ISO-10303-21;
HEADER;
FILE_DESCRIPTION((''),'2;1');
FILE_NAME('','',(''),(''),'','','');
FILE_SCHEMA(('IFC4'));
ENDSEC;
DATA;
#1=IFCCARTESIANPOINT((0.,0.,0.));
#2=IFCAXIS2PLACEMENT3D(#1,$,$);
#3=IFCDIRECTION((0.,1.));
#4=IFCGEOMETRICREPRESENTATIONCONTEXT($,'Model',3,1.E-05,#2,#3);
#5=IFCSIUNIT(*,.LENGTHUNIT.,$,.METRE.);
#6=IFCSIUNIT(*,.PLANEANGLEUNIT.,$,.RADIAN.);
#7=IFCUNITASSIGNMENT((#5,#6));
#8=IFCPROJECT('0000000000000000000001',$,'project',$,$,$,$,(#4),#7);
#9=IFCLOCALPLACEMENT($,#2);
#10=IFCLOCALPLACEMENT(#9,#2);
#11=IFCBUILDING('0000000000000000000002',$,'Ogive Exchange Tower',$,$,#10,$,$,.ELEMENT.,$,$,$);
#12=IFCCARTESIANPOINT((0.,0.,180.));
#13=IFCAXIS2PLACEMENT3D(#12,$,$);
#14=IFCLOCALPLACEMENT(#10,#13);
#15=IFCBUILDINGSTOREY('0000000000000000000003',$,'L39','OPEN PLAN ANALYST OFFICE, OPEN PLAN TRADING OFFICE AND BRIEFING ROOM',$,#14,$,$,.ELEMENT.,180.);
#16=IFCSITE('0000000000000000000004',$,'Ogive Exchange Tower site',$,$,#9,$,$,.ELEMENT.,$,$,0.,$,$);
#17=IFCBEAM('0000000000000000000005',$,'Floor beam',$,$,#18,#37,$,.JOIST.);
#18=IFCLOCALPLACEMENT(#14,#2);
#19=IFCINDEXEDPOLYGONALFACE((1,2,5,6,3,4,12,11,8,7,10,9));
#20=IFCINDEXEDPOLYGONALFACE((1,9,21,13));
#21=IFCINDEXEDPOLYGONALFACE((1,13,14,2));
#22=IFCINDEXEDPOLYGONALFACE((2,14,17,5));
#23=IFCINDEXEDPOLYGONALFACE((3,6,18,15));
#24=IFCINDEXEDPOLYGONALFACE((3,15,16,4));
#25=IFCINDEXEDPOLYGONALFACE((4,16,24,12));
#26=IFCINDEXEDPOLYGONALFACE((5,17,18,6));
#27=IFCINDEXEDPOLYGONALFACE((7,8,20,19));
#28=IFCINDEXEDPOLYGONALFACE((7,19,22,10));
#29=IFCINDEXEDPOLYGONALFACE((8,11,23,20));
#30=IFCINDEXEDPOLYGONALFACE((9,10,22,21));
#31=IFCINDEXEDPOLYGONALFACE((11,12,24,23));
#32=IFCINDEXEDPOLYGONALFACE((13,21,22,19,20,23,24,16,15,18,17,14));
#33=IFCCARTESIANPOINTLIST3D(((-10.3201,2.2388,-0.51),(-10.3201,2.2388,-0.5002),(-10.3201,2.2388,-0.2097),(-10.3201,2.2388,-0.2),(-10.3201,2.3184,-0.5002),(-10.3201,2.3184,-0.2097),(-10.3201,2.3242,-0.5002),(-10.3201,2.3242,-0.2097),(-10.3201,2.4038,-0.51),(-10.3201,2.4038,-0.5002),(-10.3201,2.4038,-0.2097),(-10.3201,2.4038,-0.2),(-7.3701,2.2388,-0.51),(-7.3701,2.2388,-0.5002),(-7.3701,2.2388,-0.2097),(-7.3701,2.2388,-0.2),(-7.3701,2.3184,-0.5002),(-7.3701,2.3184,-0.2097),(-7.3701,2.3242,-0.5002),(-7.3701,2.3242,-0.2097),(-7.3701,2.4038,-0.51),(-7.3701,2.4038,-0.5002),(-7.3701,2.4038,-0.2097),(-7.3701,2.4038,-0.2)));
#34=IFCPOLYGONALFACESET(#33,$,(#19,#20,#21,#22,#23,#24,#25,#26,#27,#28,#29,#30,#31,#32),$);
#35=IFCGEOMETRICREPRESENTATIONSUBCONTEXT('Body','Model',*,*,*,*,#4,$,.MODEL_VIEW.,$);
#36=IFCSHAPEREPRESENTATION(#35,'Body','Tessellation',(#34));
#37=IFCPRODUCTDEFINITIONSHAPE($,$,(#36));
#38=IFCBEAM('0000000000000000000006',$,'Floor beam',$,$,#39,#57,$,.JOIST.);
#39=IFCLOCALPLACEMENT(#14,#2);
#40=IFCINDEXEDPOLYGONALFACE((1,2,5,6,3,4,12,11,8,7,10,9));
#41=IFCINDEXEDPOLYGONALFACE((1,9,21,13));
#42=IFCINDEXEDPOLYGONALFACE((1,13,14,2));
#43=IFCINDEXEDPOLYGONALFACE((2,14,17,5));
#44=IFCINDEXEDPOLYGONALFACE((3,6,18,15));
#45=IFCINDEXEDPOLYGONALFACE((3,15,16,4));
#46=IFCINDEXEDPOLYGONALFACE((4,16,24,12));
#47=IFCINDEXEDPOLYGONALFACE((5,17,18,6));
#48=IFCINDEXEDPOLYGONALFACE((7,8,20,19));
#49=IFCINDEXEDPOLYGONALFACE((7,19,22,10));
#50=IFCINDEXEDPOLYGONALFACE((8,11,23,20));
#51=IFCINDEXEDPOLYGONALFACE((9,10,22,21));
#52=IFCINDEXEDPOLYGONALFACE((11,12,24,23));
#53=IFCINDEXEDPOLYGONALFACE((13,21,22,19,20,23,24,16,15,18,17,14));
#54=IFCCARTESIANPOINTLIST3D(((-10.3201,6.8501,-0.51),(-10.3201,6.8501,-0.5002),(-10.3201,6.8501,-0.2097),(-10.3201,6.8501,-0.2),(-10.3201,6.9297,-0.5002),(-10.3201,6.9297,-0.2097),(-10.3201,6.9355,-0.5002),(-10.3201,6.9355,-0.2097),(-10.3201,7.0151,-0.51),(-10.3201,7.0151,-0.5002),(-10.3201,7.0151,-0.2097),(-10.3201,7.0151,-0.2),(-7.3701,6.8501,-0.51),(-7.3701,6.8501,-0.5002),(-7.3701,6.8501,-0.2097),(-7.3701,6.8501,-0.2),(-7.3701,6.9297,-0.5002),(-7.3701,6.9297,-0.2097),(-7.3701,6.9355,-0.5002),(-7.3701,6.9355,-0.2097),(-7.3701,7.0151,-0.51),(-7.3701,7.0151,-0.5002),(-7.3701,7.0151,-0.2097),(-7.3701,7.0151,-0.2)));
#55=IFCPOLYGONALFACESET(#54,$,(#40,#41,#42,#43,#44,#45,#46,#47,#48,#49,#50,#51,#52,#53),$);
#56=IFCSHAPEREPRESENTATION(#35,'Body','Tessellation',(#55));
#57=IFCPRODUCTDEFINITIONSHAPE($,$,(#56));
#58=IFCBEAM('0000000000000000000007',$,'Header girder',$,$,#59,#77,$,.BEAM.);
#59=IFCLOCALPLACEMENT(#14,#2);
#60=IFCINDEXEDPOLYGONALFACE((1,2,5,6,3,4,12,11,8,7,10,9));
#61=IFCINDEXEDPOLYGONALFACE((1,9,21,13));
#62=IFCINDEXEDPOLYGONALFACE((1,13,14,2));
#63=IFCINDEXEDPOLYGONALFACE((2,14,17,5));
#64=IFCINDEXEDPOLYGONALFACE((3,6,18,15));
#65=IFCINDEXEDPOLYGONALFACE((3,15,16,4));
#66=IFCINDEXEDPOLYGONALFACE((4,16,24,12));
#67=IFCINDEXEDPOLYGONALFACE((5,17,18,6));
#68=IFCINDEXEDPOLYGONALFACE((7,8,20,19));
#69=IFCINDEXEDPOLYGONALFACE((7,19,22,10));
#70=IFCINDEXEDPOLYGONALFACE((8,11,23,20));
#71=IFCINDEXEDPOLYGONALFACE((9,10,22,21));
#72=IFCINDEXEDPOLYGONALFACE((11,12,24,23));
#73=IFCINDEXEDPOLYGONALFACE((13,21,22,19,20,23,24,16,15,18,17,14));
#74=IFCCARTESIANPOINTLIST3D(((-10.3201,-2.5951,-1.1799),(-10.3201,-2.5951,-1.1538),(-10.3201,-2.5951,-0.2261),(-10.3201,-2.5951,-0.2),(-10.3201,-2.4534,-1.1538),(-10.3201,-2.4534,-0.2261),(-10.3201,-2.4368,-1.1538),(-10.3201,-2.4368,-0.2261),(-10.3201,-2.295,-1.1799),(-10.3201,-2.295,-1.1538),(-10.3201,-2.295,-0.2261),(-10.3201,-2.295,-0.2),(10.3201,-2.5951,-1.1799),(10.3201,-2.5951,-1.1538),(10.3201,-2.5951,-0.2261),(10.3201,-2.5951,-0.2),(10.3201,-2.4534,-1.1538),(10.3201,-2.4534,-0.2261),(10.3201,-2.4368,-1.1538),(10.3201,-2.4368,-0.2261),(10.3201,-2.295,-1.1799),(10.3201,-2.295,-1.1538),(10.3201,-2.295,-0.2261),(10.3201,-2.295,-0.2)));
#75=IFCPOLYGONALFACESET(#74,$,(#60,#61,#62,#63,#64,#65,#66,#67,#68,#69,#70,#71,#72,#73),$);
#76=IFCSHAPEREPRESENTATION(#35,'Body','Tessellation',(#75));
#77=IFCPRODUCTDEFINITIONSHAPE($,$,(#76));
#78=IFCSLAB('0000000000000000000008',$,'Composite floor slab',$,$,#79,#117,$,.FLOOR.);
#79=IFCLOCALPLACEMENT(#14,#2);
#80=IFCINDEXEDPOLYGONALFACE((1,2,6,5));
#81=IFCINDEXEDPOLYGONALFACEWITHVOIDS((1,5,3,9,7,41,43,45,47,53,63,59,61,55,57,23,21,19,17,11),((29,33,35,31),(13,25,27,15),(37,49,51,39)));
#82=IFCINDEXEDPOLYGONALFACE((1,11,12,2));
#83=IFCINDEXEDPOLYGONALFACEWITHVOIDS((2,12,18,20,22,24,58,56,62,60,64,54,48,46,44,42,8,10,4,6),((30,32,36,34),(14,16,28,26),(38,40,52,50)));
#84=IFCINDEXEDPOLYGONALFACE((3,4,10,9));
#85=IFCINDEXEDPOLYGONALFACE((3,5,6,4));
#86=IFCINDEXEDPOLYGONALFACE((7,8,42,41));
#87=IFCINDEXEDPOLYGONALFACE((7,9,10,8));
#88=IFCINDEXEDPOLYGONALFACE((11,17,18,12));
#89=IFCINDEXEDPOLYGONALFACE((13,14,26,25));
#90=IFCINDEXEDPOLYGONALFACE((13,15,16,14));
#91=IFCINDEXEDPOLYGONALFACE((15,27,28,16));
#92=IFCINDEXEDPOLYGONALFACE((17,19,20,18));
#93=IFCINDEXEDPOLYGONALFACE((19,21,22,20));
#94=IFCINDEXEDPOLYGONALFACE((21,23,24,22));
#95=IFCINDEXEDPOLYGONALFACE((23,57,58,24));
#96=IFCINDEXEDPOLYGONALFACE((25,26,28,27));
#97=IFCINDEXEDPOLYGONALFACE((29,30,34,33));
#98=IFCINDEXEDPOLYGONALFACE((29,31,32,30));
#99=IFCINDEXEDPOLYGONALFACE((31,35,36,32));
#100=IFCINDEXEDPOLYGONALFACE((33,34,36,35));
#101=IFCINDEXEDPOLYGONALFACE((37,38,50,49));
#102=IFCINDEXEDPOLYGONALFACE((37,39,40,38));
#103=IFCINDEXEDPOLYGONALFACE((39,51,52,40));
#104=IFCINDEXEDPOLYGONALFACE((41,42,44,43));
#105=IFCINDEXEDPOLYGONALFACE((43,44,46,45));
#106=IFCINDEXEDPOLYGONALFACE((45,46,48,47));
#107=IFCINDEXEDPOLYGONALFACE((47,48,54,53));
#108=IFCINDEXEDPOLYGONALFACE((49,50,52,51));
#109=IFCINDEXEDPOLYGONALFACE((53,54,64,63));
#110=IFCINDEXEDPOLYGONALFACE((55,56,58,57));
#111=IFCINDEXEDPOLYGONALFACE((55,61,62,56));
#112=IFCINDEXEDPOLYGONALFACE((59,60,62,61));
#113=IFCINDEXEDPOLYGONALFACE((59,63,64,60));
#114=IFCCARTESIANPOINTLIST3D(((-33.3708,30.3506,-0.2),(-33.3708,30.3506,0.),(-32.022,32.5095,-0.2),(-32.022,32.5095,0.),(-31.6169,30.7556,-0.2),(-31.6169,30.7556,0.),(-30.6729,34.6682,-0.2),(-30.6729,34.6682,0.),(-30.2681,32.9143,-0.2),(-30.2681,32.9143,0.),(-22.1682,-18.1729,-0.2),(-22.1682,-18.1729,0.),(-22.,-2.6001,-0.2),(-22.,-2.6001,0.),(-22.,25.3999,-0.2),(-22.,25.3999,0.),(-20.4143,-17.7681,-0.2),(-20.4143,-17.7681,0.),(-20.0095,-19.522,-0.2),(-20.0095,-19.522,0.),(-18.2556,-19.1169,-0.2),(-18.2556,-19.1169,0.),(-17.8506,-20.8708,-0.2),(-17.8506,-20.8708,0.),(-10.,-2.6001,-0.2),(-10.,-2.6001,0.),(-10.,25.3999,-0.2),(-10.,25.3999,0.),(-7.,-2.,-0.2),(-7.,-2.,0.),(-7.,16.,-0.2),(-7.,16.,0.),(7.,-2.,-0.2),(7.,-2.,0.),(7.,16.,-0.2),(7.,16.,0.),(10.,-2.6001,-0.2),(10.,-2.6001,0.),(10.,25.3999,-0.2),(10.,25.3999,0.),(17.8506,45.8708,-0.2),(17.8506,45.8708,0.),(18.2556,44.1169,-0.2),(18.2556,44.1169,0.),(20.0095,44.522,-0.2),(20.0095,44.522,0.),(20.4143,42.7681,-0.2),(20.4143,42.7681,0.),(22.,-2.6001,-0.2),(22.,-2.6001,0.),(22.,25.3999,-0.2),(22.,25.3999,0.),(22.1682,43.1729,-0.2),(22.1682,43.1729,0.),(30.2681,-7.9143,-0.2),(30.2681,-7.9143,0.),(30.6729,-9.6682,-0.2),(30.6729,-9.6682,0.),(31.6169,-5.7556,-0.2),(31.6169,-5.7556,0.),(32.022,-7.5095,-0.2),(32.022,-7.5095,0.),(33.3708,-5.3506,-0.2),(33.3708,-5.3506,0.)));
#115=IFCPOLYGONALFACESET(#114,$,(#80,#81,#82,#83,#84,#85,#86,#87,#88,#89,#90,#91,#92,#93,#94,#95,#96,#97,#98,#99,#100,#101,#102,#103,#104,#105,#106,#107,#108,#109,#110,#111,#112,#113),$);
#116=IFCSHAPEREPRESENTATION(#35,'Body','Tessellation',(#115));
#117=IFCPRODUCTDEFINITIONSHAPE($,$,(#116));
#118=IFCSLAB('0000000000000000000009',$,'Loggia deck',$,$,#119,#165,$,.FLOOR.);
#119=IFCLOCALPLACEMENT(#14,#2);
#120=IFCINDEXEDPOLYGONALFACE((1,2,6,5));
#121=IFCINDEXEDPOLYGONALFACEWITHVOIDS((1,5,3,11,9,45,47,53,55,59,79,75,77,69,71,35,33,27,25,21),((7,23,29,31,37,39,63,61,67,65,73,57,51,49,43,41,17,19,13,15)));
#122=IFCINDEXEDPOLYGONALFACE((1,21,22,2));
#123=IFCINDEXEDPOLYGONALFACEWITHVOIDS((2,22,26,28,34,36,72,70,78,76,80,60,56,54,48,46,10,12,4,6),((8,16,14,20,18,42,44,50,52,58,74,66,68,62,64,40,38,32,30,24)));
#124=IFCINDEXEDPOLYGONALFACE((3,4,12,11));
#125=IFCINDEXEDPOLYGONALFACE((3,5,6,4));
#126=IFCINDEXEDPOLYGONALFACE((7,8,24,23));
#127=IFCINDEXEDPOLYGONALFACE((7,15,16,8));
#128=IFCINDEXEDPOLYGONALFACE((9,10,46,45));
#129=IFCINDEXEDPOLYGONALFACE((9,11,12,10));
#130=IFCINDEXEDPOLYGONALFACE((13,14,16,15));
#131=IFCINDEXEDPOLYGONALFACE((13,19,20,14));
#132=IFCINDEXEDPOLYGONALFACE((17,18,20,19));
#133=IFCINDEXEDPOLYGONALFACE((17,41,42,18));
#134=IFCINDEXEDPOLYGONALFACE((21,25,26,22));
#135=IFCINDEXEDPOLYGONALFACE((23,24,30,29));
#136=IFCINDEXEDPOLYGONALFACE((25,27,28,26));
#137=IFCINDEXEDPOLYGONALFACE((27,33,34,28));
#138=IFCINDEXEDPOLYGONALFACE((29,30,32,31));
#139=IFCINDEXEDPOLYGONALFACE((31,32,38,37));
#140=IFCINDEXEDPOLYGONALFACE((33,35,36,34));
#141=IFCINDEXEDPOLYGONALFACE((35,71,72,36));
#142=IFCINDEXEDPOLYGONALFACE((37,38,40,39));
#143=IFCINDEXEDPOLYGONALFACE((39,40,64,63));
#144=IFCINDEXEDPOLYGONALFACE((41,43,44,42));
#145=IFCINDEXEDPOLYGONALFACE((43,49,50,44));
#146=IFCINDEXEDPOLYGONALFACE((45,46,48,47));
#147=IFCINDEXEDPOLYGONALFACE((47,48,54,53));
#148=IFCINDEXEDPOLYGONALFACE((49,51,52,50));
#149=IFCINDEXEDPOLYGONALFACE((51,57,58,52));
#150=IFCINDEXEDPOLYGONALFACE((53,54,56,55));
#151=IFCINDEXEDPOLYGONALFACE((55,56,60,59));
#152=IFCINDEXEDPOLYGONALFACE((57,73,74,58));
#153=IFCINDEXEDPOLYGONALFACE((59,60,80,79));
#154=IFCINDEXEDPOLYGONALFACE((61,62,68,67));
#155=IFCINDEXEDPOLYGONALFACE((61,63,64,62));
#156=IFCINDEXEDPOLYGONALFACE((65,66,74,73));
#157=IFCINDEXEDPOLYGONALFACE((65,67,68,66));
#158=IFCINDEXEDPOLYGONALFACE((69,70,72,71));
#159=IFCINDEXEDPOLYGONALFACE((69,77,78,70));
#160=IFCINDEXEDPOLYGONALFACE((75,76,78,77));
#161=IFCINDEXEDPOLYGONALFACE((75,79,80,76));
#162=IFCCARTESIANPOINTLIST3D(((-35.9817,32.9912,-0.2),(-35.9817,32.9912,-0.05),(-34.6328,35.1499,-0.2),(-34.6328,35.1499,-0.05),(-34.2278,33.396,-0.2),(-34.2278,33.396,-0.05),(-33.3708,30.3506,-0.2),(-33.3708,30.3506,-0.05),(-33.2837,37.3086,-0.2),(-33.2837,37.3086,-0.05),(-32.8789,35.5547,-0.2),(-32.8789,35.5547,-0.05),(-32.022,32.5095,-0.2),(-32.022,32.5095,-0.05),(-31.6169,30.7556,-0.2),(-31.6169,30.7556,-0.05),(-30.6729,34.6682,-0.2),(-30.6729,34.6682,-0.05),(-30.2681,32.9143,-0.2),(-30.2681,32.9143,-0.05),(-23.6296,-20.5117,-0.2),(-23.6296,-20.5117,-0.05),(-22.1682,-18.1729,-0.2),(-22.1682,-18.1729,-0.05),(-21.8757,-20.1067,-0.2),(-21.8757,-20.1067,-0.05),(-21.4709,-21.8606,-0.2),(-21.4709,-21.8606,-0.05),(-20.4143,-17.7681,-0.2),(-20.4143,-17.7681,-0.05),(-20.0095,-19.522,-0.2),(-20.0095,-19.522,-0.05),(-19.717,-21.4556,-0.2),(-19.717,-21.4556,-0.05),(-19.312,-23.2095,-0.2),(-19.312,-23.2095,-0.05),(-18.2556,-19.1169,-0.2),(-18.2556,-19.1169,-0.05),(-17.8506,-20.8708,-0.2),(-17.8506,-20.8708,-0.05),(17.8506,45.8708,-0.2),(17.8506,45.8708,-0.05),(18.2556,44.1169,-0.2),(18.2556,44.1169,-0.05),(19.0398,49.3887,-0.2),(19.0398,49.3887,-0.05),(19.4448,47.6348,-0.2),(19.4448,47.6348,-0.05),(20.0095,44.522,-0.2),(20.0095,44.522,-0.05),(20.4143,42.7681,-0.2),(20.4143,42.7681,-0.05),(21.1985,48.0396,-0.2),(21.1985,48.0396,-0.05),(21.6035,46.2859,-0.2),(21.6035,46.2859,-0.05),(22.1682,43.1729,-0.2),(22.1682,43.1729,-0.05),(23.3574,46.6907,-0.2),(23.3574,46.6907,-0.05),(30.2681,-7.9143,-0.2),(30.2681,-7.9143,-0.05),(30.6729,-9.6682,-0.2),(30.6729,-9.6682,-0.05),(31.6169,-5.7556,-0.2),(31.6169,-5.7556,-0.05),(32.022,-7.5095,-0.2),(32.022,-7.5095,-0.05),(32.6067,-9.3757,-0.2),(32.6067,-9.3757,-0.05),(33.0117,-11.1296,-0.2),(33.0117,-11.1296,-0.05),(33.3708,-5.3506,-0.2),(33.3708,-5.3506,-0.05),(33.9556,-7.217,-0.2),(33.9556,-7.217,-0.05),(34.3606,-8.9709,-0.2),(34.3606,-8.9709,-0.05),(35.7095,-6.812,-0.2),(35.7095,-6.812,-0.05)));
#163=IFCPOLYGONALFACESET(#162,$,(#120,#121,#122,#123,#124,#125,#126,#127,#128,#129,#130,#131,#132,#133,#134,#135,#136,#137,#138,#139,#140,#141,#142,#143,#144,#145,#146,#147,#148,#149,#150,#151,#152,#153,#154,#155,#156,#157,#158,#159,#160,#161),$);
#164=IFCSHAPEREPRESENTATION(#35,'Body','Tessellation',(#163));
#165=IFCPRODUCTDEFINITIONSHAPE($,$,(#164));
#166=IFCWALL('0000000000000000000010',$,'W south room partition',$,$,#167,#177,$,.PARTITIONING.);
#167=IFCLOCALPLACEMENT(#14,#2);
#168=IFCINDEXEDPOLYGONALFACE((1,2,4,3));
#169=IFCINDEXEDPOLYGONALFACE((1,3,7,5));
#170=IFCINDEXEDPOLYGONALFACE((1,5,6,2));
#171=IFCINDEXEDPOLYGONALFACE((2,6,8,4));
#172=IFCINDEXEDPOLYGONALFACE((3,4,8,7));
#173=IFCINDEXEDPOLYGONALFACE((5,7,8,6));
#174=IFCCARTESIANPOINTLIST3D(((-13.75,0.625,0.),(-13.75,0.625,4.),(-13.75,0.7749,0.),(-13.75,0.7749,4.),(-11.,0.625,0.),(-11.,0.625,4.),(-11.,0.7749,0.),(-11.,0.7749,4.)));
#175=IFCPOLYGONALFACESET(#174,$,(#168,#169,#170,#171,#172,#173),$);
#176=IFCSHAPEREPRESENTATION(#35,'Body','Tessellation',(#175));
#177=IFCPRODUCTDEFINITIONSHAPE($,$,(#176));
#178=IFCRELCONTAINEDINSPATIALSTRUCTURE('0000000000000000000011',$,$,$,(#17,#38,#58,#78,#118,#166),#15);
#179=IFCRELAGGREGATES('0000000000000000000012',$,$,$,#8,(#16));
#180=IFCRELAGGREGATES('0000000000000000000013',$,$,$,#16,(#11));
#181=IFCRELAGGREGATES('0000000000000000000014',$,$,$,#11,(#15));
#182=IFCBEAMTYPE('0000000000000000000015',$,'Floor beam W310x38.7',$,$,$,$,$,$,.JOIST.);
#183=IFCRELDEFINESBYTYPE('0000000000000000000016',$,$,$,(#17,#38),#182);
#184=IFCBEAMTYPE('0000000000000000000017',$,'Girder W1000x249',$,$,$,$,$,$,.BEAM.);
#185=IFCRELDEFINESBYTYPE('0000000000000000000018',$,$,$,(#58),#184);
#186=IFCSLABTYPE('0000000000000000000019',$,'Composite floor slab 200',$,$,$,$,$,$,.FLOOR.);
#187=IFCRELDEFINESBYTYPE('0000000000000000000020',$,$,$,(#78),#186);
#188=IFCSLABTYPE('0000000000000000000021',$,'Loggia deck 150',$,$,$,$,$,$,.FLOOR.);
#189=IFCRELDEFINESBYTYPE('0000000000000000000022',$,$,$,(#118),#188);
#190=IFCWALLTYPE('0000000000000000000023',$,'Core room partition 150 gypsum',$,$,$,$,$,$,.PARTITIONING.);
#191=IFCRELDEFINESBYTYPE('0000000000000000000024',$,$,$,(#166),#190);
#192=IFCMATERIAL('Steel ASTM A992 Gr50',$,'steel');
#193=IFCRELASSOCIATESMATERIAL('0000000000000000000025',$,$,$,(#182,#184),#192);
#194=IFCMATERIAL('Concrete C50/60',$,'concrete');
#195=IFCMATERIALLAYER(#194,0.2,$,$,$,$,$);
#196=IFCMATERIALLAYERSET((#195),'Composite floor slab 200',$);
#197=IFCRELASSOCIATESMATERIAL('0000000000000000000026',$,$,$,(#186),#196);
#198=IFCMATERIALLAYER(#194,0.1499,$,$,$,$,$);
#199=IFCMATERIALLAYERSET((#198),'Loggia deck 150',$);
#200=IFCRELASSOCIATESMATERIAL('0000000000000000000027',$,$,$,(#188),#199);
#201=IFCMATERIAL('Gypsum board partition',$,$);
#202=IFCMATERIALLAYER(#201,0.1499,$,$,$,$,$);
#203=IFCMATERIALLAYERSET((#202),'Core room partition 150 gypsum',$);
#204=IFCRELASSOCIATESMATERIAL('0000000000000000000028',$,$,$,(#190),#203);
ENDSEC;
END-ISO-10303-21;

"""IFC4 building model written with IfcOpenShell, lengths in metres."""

from ifc_helpers import new_model, si_unit, direction, frame, frame_2d, origin, origin_2d, place, context, subcontext, project, spatial, polyline, rectangle, i_section, outline, extrude, material, layer, layer_set, material_profile, profile_set, type_object, element, save


model = new_model("IFC4")

# Units and contexts
model_context = context("Model", 3, precision=1e-05, world=origin(), true_north=direction((0.0, 1.0)))
body_context = subcontext(model_context, "Body", "Model", "MODEL_VIEW")
ifc_project = project(units=[si_unit("LENGTHUNIT", "METRE"), si_unit("PLANEANGLEUNIT", "RADIAN")], contexts=[model_context])

# Site, building, storey
site_placement = place(None, origin())
site = spatial("IfcSite", under=ifc_project, at=site_placement, Name="Ogive Exchange Tower site", CompositionType="ELEMENT", RefElevation=0.0)
building_placement = place(site_placement, origin())
building = spatial("IfcBuilding", under=site, at=building_placement, Name="Ogive Exchange Tower", CompositionType="ELEMENT")
storey_placement = place(building_placement, frame((0.0, 0.0, 180.0)))
storey = spatial("IfcBuildingStorey", under=building, at=storey_placement, Name="L39", Description="OPEN PLAN ANALYST OFFICE, OPEN PLAN TRADING OFFICE AND BRIEFING ROOM", CompositionType="ELEMENT", Elevation=180.0)

# Beams
ifc_material_1 = material(Name="Steel ASTM A992 Gr50", Category="steel")
ifc_material_profile_1 = material_profile(ifc_material_1, i_section(OverallWidth=0.165, OverallDepth=0.3101, WebThickness=0.0059, FlangeThickness=0.0098, at=origin_2d()), Name="W310x38.7")
ifc_profile_set_1 = profile_set([ifc_material_profile_1], Name="Steel ASTM A992 Gr50")
beam_type_1 = type_object("IfcBeamType", Name="Floor beam W310x38.7", PredefinedType="JOIST", material=ifc_profile_set_1)
for number, where, z_axis, x_axis, name in (
    (1, (-10.3201, 2.3213, -0.355), (1.0, 0.0, 0.0), (0.0, 1.0, 0.0), "Floor beam"),
    (2, (-10.3201, 6.9326, -0.355), (1.0, 0.0, 0.0), (0.0, 1.0, 0.0), "Floor beam"),
):
    element("IfcBeam", number, at=place(storey_placement, frame(where, z_axis=z_axis, x_axis=x_axis)), inside=storey, type_object=beam_type_1, Name=name, PredefinedType="JOIST", context=body_context, shape_type="SweptSolid", body=[
        extrude(i_section(OverallWidth=0.165, OverallDepth=0.3101, WebThickness=0.0059, FlangeThickness=0.0098, at=origin_2d()), origin(), (0.0, 0.0, 1.0), 2.95),
    ])
ifc_material_profile_2 = material_profile(ifc_material_1, i_section(OverallWidth=0.3, OverallDepth=0.98, WebThickness=0.0166, FlangeThickness=0.0261, at=origin_2d()), Name="W1000x249")
ifc_profile_set_2 = profile_set([ifc_material_profile_2], Name="Steel ASTM A992 Gr50")
beam_type_2 = type_object("IfcBeamType", Name="Girder W1000x249", PredefinedType="BEAM", material=ifc_profile_set_2)
beam_placement = place(storey_placement, frame((-10.3201, -2.4451, -0.6899), z_axis=(1.0, 0.0, 0.0), x_axis=(0.0, 1.0, 0.0)))
element("IfcBeam", 3, at=beam_placement, inside=storey, type_object=beam_type_2, Name="Header girder", PredefinedType="BEAM", context=body_context, shape_type="SweptSolid", body=[
    extrude(i_section(OverallWidth=0.3, OverallDepth=0.98, WebThickness=0.0166, FlangeThickness=0.0261, at=origin_2d()), origin(), (0.0, 0.0, 1.0), 20.6401),
])

# Slabs
ifc_material_2 = material(Name="Concrete C50/60", Category="concrete")
ifc_layer_1 = layer(ifc_material_2, 0.2)
ifc_layer_set_1 = layer_set([ifc_layer_1], Name="Composite floor slab 200")
slab_type_1 = type_object("IfcSlabType", Name="Composite floor slab 200", PredefinedType="FLOOR", material=ifc_layer_set_1)
slab_1_placement = place(storey_placement, frame((0.0, 0.0, -0.2)))
element("IfcSlab", 4, at=slab_1_placement, inside=storey, type_object=slab_type_1, Name="Composite floor slab", PredefinedType="FLOOR", context=body_context, shape_type="SweptSolid", body=[
    extrude(outline(polyline([(-18.2556, -19.1169), (-20.0095, -19.522), (-20.4143, -17.7681), (-22.1682, -18.1729), (-33.3708, 30.3506), (-31.6169, 30.7556), (-32.022, 32.5095), (-30.2681, 32.9143), (-30.6729, 34.6682), (17.8506, 45.8708), (18.2556, 44.1169), (20.0095, 44.522), (20.4143, 42.7681), (22.1682, 43.1729), (33.3708, -5.3506), (31.6169, -5.7556), (32.022, -7.5095), (30.2681, -7.9143), (30.6729, -9.6682), (-17.8506, -20.8708), (-18.2556, -19.1169)]), holes=[polyline([(7.0, -2.0), (7.0, 16.0), (-7.0, 16.0), (-7.0, -2.0), (7.0, -2.0)]), polyline([(-22.0, -2.6001), (-10.0, -2.6001), (-10.0, 25.3999), (-22.0, 25.3999), (-22.0, -2.6001)]), polyline([(10.0, -2.6001), (22.0, -2.6001), (22.0, 25.3999), (10.0, 25.3999), (10.0, -2.6001)])]), origin(), (0.0, 0.0, 1.0), 0.2),
])
ifc_layer_2 = layer(ifc_material_2, 0.1499)
ifc_layer_set_2 = layer_set([ifc_layer_2], Name="Loggia deck 150")
slab_type_2 = type_object("IfcSlabType", Name="Loggia deck 150", PredefinedType="FLOOR", material=ifc_layer_set_2)
slab_2_placement = place(storey_placement, frame((0.0, 0.0, -0.2)))
element("IfcSlab", 5, at=slab_2_placement, inside=storey, type_object=slab_type_2, Name="Loggia deck", PredefinedType="FLOOR", context=body_context, shape_type="SweptSolid", body=[
    extrude(outline(polyline([(-19.717, -21.4556), (-21.4709, -21.8606), (-21.8757, -20.1067), (-23.6296, -20.5117), (-35.9817, 32.9912), (-34.2278, 33.396), (-34.6328, 35.1499), (-32.8789, 35.5547), (-33.2837, 37.3086), (19.0398, 49.3887), (19.4448, 47.6348), (21.1985, 48.0396), (21.6035, 46.2859), (23.3574, 46.6907), (35.7095, -6.812), (33.9556, -7.217), (34.3606, -8.9709), (32.6067, -9.3757), (33.0117, -11.1296), (-19.312, -23.2095), (-19.717, -21.4556)]), holes=[polyline([(30.2681, -7.9143), (32.022, -7.5095), (31.6169, -5.7556), (33.3708, -5.3506), (22.1682, 43.1729), (20.4143, 42.7681), (20.0095, 44.522), (18.2556, 44.1169), (17.8506, 45.8708), (-30.6729, 34.6682), (-30.2681, 32.9143), (-32.022, 32.5095), (-31.6169, 30.7556), (-33.3708, 30.3506), (-22.1682, -18.1729), (-20.4143, -17.7681), (-20.0095, -19.522), (-18.2556, -19.1169), (-17.8506, -20.8708), (30.6729, -9.6682), (30.2681, -7.9143)])]), origin(), (0.0, 0.0, 1.0), 0.1499),
])

# Wall
ifc_material_3 = material(Name="Gypsum board partition")
ifc_layer_3 = layer(ifc_material_3, 0.1499)
ifc_layer_set_3 = layer_set([ifc_layer_3], Name="Core room partition 150 gypsum")
wall_type_1 = type_object("IfcWallType", Name="Core room partition 150 gypsum", PredefinedType="PARTITIONING", material=ifc_layer_set_3)
wall_1_placement = place(storey_placement, frame((-13.75, 0.7, 0.0), z_axis=(0.0, 0.0, 1.0), x_axis=(1.0, 0.0, 0.0)))
element("IfcWall", 6, at=wall_1_placement, inside=storey, type_object=wall_type_1, Name="W south room partition", PredefinedType="PARTITIONING", context=body_context, shape_type="SweptSolid", body=[
    extrude(rectangle(XDim=2.75, YDim=0.1499, at=frame_2d((1.375, 0.0))), origin(), (0.0, 0.0, 1.0), 4.0),
])

save(model, "model.ifc")
